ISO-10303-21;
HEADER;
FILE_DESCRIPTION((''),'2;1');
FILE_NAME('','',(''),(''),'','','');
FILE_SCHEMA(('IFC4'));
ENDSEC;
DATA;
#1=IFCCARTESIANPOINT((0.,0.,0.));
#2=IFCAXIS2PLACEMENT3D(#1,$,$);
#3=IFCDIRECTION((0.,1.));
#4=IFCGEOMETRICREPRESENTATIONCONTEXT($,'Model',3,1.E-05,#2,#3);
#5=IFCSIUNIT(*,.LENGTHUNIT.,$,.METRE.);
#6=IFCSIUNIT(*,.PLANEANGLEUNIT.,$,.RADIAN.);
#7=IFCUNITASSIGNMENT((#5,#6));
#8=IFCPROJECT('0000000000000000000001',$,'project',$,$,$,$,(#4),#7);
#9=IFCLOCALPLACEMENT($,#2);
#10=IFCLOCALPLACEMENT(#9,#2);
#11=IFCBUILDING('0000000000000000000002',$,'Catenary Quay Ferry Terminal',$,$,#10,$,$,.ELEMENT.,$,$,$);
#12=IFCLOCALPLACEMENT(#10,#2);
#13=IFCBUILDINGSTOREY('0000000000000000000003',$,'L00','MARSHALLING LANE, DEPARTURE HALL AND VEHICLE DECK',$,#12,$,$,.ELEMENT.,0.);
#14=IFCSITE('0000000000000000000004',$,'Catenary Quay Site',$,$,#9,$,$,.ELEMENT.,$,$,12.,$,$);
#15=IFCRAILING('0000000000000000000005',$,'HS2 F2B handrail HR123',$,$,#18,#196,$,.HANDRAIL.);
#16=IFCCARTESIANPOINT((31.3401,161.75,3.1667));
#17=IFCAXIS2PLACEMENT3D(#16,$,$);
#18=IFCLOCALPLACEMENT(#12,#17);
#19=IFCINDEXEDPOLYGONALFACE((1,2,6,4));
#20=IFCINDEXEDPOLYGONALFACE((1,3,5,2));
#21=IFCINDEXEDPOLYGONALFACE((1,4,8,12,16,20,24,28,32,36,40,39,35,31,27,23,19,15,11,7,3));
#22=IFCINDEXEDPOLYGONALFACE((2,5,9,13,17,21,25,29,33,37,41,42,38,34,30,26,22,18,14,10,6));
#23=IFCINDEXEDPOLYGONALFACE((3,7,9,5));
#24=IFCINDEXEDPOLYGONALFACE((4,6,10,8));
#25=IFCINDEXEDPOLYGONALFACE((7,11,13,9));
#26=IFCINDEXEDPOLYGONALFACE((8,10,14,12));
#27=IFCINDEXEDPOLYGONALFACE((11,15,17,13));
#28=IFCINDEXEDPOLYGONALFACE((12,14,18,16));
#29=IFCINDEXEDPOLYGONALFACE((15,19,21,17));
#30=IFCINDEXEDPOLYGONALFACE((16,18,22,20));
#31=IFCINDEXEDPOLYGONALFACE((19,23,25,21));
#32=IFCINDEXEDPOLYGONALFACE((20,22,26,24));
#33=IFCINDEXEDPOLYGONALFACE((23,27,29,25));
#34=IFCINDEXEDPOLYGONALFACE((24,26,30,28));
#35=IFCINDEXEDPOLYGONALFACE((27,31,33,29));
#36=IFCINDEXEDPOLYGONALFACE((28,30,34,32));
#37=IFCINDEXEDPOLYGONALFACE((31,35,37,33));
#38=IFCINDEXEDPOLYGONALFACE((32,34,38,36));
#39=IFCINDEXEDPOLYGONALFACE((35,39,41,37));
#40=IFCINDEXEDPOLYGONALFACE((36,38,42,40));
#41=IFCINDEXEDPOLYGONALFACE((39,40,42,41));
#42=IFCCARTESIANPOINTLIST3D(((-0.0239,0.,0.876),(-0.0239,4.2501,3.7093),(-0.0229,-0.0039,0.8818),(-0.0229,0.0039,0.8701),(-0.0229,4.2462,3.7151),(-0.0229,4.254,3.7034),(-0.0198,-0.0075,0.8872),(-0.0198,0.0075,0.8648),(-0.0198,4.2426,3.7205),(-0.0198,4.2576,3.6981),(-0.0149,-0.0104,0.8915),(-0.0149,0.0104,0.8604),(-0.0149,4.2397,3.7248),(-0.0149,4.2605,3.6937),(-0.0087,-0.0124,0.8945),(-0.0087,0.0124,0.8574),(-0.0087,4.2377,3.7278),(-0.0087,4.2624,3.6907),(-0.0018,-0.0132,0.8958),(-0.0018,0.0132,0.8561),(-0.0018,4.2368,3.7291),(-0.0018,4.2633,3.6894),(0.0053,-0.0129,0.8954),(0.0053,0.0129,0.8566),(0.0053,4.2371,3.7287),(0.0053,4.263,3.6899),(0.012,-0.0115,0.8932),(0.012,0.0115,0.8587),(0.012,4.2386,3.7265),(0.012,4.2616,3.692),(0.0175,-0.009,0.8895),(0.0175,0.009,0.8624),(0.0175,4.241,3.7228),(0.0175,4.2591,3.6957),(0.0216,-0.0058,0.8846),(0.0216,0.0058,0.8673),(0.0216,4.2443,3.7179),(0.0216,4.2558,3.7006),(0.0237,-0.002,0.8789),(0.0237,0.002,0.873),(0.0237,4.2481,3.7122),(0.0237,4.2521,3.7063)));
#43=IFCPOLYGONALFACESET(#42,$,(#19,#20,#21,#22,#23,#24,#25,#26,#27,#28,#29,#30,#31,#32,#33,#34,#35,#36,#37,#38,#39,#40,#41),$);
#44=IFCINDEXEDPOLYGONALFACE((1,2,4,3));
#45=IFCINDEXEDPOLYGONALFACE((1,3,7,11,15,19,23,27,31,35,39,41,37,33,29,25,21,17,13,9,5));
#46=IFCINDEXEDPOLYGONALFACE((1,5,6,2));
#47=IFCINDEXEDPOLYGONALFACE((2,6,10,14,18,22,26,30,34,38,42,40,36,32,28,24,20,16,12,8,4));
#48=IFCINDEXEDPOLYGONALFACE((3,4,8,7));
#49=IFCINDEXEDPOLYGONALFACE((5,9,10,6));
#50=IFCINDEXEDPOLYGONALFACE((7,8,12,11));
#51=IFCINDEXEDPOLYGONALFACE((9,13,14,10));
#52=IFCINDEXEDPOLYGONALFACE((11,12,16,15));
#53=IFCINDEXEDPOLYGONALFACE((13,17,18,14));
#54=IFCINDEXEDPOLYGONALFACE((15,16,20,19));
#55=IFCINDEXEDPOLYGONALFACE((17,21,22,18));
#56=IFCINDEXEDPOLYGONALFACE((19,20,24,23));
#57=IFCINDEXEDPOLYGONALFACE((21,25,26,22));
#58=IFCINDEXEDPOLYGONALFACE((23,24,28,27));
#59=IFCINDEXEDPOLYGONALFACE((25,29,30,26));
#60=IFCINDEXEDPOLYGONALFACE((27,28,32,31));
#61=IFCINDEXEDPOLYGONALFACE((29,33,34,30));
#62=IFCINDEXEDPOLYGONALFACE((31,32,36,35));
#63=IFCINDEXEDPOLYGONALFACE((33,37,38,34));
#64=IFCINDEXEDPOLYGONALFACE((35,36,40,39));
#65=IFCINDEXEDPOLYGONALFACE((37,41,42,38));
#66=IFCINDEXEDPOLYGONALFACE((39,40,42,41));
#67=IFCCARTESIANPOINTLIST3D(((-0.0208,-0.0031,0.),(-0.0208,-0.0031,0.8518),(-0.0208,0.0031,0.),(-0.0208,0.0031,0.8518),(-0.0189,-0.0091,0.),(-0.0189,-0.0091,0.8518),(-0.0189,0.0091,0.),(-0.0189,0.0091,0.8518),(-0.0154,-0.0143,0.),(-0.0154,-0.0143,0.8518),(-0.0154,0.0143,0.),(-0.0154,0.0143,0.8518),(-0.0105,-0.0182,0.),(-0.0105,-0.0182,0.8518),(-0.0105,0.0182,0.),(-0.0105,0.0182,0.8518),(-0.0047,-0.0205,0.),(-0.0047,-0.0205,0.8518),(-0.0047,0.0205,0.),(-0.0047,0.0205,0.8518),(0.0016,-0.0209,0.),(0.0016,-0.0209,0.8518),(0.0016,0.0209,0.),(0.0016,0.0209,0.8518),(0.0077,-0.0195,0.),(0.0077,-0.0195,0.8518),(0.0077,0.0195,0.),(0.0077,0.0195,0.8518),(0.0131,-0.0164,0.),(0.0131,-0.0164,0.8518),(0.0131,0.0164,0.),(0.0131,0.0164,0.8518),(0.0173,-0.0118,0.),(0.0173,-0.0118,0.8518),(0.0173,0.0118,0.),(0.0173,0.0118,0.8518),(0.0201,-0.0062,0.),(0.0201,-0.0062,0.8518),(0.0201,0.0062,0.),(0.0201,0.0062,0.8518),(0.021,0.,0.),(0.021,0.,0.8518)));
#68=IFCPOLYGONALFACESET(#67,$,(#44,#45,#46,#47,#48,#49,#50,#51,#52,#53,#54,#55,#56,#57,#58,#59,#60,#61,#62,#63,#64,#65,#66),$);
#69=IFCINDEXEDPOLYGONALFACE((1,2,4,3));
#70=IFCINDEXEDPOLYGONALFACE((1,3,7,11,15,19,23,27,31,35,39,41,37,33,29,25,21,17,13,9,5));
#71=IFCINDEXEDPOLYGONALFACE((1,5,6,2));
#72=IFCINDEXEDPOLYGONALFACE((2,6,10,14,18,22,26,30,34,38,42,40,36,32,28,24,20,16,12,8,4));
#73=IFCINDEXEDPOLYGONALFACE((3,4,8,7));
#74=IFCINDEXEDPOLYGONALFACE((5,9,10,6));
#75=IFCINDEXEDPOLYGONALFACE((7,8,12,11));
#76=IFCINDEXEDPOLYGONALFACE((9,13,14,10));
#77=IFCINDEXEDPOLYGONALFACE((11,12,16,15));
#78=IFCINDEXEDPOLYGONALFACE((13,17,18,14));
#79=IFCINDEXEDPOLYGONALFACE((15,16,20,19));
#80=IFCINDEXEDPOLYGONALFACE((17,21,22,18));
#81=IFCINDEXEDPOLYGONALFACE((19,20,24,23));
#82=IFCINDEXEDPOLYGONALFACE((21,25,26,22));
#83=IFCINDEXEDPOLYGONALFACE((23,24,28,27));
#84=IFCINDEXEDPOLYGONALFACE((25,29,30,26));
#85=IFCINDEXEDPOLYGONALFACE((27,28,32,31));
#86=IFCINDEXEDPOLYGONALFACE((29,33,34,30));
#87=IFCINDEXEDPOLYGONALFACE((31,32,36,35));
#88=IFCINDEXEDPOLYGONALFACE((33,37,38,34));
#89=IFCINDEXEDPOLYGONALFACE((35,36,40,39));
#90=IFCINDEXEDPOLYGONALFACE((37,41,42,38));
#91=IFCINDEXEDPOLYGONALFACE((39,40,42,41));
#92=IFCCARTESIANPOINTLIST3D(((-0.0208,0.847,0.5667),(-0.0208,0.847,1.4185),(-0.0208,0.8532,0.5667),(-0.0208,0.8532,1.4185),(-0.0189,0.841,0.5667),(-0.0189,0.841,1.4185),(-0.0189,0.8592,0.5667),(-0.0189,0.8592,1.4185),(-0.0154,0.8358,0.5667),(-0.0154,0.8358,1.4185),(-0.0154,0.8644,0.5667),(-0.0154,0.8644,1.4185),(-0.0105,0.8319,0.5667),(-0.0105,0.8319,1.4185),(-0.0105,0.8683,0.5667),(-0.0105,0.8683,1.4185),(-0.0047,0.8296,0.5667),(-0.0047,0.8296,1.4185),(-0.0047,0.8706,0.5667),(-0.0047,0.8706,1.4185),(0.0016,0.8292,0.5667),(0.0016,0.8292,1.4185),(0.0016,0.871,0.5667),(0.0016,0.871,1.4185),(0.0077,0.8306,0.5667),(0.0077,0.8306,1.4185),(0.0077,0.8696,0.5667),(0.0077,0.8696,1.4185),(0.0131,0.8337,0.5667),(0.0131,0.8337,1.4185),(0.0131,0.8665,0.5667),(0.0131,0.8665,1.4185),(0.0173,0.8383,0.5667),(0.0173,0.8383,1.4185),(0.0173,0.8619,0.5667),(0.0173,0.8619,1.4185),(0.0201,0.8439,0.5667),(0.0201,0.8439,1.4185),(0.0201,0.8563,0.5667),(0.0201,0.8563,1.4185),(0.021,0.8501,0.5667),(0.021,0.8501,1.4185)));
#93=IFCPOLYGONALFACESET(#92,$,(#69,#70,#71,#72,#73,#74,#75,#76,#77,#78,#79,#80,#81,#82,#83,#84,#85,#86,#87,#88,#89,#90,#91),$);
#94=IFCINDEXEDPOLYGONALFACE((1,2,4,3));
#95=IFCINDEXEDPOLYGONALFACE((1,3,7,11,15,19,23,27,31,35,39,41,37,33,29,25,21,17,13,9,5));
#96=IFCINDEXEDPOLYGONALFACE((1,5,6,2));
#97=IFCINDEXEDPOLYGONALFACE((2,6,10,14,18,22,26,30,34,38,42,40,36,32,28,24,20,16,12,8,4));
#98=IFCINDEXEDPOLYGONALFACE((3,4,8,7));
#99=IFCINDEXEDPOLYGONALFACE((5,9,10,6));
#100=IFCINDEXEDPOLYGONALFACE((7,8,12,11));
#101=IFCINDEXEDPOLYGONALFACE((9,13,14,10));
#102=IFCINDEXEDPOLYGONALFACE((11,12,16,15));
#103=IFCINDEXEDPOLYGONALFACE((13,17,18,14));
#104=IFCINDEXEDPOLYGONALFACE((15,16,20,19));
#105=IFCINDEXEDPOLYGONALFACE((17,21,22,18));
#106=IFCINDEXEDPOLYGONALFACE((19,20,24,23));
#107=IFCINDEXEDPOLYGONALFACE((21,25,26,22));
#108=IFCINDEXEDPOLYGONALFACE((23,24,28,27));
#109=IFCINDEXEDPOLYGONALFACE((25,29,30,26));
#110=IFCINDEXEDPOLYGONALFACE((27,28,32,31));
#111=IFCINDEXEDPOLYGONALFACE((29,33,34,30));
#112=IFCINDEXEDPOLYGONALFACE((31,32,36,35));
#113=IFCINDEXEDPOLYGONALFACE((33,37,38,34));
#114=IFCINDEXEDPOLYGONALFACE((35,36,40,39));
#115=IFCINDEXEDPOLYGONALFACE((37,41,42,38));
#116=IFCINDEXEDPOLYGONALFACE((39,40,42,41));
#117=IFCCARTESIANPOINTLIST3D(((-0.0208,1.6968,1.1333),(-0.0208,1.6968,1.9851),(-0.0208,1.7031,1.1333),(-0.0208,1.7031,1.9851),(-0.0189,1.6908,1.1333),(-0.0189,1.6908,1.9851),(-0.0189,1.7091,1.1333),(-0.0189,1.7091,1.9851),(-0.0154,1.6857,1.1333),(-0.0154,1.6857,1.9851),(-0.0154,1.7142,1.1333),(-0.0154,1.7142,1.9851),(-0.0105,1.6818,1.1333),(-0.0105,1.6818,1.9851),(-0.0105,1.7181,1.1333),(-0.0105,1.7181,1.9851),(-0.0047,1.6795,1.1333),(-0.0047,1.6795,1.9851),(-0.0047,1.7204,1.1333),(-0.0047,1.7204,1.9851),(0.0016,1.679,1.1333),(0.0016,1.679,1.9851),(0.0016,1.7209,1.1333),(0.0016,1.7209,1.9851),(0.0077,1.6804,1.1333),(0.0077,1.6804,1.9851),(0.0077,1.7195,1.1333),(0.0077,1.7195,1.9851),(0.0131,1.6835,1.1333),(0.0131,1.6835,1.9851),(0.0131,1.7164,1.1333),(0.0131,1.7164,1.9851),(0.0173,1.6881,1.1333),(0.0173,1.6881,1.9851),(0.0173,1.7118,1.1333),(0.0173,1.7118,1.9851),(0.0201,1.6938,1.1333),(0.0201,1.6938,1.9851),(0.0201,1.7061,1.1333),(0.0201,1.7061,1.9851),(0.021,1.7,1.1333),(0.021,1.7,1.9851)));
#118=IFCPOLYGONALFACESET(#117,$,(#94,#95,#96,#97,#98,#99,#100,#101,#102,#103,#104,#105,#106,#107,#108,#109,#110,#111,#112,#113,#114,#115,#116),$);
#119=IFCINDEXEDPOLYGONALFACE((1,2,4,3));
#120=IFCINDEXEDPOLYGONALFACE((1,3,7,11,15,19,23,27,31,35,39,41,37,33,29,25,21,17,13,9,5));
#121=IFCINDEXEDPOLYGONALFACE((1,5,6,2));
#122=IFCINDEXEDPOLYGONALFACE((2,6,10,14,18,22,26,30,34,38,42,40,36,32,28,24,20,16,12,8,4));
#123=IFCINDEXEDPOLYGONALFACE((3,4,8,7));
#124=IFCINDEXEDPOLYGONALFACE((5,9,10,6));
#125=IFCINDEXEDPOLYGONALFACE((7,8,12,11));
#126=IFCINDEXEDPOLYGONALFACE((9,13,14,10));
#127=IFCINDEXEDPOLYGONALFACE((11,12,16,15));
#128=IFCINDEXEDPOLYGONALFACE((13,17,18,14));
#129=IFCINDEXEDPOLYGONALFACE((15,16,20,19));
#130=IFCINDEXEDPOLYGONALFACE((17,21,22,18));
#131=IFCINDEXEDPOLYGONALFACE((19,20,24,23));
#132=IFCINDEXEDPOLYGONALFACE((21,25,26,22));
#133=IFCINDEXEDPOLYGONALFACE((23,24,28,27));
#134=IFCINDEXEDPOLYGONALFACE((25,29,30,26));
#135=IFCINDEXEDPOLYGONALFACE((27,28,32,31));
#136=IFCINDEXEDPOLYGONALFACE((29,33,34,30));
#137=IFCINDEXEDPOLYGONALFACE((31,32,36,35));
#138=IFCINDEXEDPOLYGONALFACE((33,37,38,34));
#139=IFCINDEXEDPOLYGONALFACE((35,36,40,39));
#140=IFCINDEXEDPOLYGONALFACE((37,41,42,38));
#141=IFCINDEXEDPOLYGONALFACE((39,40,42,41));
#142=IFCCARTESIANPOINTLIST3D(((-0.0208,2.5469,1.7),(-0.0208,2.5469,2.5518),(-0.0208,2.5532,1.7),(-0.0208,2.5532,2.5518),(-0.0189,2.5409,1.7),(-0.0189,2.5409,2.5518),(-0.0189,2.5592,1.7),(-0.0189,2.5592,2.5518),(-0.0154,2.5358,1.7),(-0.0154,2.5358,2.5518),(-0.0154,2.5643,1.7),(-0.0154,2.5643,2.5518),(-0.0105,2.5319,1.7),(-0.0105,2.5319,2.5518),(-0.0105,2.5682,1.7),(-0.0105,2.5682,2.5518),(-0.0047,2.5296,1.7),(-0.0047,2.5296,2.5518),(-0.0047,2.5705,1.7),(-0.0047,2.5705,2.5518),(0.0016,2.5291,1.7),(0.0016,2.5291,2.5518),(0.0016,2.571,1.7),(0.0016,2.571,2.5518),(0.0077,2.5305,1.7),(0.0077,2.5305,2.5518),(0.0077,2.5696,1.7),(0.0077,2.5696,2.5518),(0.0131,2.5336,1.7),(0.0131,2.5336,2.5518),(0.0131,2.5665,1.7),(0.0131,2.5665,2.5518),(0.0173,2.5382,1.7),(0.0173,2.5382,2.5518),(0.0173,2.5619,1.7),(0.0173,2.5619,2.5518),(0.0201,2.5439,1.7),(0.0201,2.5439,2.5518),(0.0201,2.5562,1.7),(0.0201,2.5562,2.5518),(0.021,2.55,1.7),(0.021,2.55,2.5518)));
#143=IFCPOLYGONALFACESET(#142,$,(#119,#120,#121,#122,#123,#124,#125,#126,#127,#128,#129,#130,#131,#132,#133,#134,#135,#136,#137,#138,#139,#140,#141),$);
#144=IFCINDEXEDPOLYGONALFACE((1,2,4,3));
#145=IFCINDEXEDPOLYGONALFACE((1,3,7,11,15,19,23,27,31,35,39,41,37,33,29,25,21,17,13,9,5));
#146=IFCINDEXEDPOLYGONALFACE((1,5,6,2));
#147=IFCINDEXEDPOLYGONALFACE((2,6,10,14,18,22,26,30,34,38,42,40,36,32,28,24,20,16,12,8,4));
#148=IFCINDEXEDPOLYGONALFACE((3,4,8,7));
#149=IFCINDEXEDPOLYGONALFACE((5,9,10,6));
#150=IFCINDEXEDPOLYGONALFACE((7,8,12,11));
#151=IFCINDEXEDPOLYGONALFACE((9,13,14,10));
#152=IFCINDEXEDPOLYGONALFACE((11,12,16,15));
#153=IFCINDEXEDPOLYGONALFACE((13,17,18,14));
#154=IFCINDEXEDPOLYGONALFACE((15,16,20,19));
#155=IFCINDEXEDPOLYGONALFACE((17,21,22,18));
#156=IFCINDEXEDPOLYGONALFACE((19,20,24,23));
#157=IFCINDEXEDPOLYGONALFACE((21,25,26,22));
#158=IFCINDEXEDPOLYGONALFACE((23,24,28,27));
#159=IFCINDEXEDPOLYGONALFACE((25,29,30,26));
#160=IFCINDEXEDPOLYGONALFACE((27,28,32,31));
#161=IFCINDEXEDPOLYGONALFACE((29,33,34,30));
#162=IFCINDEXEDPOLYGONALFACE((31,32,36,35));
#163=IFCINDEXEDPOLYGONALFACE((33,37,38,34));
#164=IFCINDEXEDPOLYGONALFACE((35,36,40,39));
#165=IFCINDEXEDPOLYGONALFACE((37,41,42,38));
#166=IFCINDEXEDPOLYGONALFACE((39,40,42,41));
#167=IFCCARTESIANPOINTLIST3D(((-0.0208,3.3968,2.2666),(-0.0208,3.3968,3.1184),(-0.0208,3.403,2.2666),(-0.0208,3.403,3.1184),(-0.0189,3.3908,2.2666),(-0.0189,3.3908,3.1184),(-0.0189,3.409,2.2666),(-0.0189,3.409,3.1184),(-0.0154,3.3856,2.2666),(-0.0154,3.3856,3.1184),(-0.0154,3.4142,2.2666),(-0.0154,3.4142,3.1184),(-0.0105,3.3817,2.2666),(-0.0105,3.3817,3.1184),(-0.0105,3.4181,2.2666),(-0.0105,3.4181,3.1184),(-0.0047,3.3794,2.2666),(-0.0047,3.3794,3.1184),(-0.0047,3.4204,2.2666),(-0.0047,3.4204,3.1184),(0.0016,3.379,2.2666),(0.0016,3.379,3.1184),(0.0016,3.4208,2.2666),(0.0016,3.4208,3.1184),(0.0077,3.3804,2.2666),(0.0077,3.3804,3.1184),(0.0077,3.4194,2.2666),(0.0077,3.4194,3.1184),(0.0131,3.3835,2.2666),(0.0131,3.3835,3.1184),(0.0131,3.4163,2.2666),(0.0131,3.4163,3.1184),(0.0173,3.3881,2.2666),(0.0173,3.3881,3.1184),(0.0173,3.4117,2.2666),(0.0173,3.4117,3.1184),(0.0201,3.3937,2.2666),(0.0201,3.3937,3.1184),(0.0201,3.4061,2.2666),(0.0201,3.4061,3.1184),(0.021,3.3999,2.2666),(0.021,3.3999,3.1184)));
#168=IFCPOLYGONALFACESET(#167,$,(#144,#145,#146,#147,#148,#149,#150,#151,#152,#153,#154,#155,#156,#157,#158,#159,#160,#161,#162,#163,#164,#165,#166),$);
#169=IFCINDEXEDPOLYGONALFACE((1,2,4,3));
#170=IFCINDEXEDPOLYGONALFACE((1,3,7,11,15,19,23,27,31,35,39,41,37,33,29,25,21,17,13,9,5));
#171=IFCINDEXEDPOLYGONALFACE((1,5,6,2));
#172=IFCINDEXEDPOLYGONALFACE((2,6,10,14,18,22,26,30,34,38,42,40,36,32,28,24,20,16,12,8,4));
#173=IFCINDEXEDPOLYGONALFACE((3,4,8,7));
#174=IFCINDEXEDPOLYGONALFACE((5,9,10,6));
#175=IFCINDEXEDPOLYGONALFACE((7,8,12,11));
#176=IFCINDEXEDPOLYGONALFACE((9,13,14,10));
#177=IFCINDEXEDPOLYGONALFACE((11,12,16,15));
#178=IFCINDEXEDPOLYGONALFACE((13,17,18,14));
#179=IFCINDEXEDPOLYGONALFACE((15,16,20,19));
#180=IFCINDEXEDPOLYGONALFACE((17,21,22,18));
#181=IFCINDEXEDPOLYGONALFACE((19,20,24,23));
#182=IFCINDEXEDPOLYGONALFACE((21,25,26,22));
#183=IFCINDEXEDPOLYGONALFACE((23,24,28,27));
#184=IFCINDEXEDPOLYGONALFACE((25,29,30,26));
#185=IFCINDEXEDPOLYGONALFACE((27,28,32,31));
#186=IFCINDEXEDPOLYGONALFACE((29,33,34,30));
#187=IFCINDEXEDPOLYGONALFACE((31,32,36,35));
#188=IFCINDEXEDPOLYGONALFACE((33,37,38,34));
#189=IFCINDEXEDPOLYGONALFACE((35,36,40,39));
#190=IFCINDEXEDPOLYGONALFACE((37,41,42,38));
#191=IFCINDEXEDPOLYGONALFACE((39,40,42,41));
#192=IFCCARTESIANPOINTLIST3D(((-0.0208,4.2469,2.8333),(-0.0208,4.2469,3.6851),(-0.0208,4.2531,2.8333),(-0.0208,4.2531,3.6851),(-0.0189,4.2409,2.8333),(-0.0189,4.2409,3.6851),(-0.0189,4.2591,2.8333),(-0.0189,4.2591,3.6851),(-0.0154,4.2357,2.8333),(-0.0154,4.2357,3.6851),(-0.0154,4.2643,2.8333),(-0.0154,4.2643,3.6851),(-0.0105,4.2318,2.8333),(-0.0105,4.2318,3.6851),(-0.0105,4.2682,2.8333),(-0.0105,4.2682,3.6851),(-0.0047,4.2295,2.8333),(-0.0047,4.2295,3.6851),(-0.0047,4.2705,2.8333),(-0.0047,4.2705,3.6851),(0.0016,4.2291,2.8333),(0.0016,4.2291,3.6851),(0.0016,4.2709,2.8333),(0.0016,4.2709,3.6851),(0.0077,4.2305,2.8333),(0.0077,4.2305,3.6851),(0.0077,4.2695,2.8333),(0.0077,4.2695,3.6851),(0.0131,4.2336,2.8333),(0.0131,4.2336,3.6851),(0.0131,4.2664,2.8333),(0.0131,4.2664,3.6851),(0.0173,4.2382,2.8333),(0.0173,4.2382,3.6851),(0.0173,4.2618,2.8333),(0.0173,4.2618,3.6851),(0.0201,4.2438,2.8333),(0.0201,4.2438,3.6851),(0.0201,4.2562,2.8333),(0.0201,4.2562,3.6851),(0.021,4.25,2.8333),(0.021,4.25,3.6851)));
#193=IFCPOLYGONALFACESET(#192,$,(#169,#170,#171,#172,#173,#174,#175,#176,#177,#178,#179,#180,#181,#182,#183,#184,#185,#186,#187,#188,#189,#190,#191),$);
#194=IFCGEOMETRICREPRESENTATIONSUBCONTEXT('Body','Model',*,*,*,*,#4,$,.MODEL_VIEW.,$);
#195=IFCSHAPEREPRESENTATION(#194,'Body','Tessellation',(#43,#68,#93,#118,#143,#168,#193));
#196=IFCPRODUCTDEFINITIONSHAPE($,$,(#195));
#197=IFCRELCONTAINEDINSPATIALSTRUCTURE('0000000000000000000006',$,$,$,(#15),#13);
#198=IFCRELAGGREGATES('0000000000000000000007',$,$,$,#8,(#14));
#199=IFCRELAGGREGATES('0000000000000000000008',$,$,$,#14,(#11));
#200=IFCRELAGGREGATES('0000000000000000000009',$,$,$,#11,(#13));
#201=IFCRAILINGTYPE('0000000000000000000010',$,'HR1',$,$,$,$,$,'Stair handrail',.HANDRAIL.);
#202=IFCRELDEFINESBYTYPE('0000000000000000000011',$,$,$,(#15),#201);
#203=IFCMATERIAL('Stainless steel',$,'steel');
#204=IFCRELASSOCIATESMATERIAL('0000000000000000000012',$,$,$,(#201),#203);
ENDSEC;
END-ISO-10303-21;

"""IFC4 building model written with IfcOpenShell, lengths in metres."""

from ifc_helpers import new_model, si_unit, direction, frame, origin, origin_2d, place, context, subcontext, project, spatial, circle, extrude, material, type_object, element, save


model = new_model("IFC4")

# Units and contexts
model_context = context("Model", 3, precision=1e-05, world=origin(), true_north=direction((0.0, 1.0)))
body_context = subcontext(model_context, "Body", "Model", "MODEL_VIEW")
ifc_project = project(units=[si_unit("LENGTHUNIT", "METRE"), si_unit("PLANEANGLEUNIT", "RADIAN")], contexts=[model_context])

# Site, building, storey
site_placement = place(None, origin())
site = spatial("IfcSite", under=ifc_project, at=site_placement, Name="Catenary Quay Site", CompositionType="ELEMENT", RefElevation=12.0)
building_placement = place(site_placement, origin())
building = spatial("IfcBuilding", under=site, at=building_placement, Name="Catenary Quay Ferry Terminal", CompositionType="ELEMENT")
storey_placement = place(building_placement, origin())
storey = spatial("IfcBuildingStorey", under=building, at=storey_placement, Name="L00", Description="MARSHALLING LANE, DEPARTURE HALL AND VEHICLE DECK", CompositionType="ELEMENT", Elevation=0.0)

# Railing
ifc_material_1 = material(Name="Stainless steel", Category="steel")
railing_type_1 = type_object("IfcRailingType", Name="HR1", ElementType="Stair handrail", PredefinedType="HANDRAIL", material=ifc_material_1)
for number, where, name in (
    (1, (31.3401, 161.75, 3.1667), "HS2 F2B handrail HR123"),
):
    element("IfcRailing", number, at=place(storey_placement, frame(where)), inside=storey, type_object=railing_type_1, Name=name, PredefinedType="HANDRAIL", context=body_context, shape_type="SweptSolid", body=[
        extrude(circle(Radius=0.0239, at=origin_2d()), frame((0.0, 0.0, 0.876), z_axis=(0.0, 0.832058, 0.554689), x_axis=(-1.0, 0.0, 0.0)), (0.0, 0.0, 1.0), 5.1079),
        extrude(circle(Radius=0.021, at=origin_2d()), origin(), (0.0, 0.0, 1.0), 0.8518),
        extrude(circle(Radius=0.021, at=origin_2d()), frame((0.0, 0.8501, 0.5667)), (0.0, 0.0, 1.0), 0.8518),
        extrude(circle(Radius=0.021, at=origin_2d()), frame((0.0, 1.7, 1.1333)), (0.0, 0.0, 1.0), 0.8518),
        extrude(circle(Radius=0.021, at=origin_2d()), frame((0.0, 2.55, 1.7)), (0.0, 0.0, 1.0), 0.8518),
        extrude(circle(Radius=0.021, at=origin_2d()), frame((0.0, 3.3999, 2.2666)), (0.0, 0.0, 1.0), 0.8518),
        extrude(circle(Radius=0.021, at=origin_2d()), frame((0.0, 4.25, 2.8333)), (0.0, 0.0, 1.0), 0.8518),
    ])

save(model, "model.ifc")
